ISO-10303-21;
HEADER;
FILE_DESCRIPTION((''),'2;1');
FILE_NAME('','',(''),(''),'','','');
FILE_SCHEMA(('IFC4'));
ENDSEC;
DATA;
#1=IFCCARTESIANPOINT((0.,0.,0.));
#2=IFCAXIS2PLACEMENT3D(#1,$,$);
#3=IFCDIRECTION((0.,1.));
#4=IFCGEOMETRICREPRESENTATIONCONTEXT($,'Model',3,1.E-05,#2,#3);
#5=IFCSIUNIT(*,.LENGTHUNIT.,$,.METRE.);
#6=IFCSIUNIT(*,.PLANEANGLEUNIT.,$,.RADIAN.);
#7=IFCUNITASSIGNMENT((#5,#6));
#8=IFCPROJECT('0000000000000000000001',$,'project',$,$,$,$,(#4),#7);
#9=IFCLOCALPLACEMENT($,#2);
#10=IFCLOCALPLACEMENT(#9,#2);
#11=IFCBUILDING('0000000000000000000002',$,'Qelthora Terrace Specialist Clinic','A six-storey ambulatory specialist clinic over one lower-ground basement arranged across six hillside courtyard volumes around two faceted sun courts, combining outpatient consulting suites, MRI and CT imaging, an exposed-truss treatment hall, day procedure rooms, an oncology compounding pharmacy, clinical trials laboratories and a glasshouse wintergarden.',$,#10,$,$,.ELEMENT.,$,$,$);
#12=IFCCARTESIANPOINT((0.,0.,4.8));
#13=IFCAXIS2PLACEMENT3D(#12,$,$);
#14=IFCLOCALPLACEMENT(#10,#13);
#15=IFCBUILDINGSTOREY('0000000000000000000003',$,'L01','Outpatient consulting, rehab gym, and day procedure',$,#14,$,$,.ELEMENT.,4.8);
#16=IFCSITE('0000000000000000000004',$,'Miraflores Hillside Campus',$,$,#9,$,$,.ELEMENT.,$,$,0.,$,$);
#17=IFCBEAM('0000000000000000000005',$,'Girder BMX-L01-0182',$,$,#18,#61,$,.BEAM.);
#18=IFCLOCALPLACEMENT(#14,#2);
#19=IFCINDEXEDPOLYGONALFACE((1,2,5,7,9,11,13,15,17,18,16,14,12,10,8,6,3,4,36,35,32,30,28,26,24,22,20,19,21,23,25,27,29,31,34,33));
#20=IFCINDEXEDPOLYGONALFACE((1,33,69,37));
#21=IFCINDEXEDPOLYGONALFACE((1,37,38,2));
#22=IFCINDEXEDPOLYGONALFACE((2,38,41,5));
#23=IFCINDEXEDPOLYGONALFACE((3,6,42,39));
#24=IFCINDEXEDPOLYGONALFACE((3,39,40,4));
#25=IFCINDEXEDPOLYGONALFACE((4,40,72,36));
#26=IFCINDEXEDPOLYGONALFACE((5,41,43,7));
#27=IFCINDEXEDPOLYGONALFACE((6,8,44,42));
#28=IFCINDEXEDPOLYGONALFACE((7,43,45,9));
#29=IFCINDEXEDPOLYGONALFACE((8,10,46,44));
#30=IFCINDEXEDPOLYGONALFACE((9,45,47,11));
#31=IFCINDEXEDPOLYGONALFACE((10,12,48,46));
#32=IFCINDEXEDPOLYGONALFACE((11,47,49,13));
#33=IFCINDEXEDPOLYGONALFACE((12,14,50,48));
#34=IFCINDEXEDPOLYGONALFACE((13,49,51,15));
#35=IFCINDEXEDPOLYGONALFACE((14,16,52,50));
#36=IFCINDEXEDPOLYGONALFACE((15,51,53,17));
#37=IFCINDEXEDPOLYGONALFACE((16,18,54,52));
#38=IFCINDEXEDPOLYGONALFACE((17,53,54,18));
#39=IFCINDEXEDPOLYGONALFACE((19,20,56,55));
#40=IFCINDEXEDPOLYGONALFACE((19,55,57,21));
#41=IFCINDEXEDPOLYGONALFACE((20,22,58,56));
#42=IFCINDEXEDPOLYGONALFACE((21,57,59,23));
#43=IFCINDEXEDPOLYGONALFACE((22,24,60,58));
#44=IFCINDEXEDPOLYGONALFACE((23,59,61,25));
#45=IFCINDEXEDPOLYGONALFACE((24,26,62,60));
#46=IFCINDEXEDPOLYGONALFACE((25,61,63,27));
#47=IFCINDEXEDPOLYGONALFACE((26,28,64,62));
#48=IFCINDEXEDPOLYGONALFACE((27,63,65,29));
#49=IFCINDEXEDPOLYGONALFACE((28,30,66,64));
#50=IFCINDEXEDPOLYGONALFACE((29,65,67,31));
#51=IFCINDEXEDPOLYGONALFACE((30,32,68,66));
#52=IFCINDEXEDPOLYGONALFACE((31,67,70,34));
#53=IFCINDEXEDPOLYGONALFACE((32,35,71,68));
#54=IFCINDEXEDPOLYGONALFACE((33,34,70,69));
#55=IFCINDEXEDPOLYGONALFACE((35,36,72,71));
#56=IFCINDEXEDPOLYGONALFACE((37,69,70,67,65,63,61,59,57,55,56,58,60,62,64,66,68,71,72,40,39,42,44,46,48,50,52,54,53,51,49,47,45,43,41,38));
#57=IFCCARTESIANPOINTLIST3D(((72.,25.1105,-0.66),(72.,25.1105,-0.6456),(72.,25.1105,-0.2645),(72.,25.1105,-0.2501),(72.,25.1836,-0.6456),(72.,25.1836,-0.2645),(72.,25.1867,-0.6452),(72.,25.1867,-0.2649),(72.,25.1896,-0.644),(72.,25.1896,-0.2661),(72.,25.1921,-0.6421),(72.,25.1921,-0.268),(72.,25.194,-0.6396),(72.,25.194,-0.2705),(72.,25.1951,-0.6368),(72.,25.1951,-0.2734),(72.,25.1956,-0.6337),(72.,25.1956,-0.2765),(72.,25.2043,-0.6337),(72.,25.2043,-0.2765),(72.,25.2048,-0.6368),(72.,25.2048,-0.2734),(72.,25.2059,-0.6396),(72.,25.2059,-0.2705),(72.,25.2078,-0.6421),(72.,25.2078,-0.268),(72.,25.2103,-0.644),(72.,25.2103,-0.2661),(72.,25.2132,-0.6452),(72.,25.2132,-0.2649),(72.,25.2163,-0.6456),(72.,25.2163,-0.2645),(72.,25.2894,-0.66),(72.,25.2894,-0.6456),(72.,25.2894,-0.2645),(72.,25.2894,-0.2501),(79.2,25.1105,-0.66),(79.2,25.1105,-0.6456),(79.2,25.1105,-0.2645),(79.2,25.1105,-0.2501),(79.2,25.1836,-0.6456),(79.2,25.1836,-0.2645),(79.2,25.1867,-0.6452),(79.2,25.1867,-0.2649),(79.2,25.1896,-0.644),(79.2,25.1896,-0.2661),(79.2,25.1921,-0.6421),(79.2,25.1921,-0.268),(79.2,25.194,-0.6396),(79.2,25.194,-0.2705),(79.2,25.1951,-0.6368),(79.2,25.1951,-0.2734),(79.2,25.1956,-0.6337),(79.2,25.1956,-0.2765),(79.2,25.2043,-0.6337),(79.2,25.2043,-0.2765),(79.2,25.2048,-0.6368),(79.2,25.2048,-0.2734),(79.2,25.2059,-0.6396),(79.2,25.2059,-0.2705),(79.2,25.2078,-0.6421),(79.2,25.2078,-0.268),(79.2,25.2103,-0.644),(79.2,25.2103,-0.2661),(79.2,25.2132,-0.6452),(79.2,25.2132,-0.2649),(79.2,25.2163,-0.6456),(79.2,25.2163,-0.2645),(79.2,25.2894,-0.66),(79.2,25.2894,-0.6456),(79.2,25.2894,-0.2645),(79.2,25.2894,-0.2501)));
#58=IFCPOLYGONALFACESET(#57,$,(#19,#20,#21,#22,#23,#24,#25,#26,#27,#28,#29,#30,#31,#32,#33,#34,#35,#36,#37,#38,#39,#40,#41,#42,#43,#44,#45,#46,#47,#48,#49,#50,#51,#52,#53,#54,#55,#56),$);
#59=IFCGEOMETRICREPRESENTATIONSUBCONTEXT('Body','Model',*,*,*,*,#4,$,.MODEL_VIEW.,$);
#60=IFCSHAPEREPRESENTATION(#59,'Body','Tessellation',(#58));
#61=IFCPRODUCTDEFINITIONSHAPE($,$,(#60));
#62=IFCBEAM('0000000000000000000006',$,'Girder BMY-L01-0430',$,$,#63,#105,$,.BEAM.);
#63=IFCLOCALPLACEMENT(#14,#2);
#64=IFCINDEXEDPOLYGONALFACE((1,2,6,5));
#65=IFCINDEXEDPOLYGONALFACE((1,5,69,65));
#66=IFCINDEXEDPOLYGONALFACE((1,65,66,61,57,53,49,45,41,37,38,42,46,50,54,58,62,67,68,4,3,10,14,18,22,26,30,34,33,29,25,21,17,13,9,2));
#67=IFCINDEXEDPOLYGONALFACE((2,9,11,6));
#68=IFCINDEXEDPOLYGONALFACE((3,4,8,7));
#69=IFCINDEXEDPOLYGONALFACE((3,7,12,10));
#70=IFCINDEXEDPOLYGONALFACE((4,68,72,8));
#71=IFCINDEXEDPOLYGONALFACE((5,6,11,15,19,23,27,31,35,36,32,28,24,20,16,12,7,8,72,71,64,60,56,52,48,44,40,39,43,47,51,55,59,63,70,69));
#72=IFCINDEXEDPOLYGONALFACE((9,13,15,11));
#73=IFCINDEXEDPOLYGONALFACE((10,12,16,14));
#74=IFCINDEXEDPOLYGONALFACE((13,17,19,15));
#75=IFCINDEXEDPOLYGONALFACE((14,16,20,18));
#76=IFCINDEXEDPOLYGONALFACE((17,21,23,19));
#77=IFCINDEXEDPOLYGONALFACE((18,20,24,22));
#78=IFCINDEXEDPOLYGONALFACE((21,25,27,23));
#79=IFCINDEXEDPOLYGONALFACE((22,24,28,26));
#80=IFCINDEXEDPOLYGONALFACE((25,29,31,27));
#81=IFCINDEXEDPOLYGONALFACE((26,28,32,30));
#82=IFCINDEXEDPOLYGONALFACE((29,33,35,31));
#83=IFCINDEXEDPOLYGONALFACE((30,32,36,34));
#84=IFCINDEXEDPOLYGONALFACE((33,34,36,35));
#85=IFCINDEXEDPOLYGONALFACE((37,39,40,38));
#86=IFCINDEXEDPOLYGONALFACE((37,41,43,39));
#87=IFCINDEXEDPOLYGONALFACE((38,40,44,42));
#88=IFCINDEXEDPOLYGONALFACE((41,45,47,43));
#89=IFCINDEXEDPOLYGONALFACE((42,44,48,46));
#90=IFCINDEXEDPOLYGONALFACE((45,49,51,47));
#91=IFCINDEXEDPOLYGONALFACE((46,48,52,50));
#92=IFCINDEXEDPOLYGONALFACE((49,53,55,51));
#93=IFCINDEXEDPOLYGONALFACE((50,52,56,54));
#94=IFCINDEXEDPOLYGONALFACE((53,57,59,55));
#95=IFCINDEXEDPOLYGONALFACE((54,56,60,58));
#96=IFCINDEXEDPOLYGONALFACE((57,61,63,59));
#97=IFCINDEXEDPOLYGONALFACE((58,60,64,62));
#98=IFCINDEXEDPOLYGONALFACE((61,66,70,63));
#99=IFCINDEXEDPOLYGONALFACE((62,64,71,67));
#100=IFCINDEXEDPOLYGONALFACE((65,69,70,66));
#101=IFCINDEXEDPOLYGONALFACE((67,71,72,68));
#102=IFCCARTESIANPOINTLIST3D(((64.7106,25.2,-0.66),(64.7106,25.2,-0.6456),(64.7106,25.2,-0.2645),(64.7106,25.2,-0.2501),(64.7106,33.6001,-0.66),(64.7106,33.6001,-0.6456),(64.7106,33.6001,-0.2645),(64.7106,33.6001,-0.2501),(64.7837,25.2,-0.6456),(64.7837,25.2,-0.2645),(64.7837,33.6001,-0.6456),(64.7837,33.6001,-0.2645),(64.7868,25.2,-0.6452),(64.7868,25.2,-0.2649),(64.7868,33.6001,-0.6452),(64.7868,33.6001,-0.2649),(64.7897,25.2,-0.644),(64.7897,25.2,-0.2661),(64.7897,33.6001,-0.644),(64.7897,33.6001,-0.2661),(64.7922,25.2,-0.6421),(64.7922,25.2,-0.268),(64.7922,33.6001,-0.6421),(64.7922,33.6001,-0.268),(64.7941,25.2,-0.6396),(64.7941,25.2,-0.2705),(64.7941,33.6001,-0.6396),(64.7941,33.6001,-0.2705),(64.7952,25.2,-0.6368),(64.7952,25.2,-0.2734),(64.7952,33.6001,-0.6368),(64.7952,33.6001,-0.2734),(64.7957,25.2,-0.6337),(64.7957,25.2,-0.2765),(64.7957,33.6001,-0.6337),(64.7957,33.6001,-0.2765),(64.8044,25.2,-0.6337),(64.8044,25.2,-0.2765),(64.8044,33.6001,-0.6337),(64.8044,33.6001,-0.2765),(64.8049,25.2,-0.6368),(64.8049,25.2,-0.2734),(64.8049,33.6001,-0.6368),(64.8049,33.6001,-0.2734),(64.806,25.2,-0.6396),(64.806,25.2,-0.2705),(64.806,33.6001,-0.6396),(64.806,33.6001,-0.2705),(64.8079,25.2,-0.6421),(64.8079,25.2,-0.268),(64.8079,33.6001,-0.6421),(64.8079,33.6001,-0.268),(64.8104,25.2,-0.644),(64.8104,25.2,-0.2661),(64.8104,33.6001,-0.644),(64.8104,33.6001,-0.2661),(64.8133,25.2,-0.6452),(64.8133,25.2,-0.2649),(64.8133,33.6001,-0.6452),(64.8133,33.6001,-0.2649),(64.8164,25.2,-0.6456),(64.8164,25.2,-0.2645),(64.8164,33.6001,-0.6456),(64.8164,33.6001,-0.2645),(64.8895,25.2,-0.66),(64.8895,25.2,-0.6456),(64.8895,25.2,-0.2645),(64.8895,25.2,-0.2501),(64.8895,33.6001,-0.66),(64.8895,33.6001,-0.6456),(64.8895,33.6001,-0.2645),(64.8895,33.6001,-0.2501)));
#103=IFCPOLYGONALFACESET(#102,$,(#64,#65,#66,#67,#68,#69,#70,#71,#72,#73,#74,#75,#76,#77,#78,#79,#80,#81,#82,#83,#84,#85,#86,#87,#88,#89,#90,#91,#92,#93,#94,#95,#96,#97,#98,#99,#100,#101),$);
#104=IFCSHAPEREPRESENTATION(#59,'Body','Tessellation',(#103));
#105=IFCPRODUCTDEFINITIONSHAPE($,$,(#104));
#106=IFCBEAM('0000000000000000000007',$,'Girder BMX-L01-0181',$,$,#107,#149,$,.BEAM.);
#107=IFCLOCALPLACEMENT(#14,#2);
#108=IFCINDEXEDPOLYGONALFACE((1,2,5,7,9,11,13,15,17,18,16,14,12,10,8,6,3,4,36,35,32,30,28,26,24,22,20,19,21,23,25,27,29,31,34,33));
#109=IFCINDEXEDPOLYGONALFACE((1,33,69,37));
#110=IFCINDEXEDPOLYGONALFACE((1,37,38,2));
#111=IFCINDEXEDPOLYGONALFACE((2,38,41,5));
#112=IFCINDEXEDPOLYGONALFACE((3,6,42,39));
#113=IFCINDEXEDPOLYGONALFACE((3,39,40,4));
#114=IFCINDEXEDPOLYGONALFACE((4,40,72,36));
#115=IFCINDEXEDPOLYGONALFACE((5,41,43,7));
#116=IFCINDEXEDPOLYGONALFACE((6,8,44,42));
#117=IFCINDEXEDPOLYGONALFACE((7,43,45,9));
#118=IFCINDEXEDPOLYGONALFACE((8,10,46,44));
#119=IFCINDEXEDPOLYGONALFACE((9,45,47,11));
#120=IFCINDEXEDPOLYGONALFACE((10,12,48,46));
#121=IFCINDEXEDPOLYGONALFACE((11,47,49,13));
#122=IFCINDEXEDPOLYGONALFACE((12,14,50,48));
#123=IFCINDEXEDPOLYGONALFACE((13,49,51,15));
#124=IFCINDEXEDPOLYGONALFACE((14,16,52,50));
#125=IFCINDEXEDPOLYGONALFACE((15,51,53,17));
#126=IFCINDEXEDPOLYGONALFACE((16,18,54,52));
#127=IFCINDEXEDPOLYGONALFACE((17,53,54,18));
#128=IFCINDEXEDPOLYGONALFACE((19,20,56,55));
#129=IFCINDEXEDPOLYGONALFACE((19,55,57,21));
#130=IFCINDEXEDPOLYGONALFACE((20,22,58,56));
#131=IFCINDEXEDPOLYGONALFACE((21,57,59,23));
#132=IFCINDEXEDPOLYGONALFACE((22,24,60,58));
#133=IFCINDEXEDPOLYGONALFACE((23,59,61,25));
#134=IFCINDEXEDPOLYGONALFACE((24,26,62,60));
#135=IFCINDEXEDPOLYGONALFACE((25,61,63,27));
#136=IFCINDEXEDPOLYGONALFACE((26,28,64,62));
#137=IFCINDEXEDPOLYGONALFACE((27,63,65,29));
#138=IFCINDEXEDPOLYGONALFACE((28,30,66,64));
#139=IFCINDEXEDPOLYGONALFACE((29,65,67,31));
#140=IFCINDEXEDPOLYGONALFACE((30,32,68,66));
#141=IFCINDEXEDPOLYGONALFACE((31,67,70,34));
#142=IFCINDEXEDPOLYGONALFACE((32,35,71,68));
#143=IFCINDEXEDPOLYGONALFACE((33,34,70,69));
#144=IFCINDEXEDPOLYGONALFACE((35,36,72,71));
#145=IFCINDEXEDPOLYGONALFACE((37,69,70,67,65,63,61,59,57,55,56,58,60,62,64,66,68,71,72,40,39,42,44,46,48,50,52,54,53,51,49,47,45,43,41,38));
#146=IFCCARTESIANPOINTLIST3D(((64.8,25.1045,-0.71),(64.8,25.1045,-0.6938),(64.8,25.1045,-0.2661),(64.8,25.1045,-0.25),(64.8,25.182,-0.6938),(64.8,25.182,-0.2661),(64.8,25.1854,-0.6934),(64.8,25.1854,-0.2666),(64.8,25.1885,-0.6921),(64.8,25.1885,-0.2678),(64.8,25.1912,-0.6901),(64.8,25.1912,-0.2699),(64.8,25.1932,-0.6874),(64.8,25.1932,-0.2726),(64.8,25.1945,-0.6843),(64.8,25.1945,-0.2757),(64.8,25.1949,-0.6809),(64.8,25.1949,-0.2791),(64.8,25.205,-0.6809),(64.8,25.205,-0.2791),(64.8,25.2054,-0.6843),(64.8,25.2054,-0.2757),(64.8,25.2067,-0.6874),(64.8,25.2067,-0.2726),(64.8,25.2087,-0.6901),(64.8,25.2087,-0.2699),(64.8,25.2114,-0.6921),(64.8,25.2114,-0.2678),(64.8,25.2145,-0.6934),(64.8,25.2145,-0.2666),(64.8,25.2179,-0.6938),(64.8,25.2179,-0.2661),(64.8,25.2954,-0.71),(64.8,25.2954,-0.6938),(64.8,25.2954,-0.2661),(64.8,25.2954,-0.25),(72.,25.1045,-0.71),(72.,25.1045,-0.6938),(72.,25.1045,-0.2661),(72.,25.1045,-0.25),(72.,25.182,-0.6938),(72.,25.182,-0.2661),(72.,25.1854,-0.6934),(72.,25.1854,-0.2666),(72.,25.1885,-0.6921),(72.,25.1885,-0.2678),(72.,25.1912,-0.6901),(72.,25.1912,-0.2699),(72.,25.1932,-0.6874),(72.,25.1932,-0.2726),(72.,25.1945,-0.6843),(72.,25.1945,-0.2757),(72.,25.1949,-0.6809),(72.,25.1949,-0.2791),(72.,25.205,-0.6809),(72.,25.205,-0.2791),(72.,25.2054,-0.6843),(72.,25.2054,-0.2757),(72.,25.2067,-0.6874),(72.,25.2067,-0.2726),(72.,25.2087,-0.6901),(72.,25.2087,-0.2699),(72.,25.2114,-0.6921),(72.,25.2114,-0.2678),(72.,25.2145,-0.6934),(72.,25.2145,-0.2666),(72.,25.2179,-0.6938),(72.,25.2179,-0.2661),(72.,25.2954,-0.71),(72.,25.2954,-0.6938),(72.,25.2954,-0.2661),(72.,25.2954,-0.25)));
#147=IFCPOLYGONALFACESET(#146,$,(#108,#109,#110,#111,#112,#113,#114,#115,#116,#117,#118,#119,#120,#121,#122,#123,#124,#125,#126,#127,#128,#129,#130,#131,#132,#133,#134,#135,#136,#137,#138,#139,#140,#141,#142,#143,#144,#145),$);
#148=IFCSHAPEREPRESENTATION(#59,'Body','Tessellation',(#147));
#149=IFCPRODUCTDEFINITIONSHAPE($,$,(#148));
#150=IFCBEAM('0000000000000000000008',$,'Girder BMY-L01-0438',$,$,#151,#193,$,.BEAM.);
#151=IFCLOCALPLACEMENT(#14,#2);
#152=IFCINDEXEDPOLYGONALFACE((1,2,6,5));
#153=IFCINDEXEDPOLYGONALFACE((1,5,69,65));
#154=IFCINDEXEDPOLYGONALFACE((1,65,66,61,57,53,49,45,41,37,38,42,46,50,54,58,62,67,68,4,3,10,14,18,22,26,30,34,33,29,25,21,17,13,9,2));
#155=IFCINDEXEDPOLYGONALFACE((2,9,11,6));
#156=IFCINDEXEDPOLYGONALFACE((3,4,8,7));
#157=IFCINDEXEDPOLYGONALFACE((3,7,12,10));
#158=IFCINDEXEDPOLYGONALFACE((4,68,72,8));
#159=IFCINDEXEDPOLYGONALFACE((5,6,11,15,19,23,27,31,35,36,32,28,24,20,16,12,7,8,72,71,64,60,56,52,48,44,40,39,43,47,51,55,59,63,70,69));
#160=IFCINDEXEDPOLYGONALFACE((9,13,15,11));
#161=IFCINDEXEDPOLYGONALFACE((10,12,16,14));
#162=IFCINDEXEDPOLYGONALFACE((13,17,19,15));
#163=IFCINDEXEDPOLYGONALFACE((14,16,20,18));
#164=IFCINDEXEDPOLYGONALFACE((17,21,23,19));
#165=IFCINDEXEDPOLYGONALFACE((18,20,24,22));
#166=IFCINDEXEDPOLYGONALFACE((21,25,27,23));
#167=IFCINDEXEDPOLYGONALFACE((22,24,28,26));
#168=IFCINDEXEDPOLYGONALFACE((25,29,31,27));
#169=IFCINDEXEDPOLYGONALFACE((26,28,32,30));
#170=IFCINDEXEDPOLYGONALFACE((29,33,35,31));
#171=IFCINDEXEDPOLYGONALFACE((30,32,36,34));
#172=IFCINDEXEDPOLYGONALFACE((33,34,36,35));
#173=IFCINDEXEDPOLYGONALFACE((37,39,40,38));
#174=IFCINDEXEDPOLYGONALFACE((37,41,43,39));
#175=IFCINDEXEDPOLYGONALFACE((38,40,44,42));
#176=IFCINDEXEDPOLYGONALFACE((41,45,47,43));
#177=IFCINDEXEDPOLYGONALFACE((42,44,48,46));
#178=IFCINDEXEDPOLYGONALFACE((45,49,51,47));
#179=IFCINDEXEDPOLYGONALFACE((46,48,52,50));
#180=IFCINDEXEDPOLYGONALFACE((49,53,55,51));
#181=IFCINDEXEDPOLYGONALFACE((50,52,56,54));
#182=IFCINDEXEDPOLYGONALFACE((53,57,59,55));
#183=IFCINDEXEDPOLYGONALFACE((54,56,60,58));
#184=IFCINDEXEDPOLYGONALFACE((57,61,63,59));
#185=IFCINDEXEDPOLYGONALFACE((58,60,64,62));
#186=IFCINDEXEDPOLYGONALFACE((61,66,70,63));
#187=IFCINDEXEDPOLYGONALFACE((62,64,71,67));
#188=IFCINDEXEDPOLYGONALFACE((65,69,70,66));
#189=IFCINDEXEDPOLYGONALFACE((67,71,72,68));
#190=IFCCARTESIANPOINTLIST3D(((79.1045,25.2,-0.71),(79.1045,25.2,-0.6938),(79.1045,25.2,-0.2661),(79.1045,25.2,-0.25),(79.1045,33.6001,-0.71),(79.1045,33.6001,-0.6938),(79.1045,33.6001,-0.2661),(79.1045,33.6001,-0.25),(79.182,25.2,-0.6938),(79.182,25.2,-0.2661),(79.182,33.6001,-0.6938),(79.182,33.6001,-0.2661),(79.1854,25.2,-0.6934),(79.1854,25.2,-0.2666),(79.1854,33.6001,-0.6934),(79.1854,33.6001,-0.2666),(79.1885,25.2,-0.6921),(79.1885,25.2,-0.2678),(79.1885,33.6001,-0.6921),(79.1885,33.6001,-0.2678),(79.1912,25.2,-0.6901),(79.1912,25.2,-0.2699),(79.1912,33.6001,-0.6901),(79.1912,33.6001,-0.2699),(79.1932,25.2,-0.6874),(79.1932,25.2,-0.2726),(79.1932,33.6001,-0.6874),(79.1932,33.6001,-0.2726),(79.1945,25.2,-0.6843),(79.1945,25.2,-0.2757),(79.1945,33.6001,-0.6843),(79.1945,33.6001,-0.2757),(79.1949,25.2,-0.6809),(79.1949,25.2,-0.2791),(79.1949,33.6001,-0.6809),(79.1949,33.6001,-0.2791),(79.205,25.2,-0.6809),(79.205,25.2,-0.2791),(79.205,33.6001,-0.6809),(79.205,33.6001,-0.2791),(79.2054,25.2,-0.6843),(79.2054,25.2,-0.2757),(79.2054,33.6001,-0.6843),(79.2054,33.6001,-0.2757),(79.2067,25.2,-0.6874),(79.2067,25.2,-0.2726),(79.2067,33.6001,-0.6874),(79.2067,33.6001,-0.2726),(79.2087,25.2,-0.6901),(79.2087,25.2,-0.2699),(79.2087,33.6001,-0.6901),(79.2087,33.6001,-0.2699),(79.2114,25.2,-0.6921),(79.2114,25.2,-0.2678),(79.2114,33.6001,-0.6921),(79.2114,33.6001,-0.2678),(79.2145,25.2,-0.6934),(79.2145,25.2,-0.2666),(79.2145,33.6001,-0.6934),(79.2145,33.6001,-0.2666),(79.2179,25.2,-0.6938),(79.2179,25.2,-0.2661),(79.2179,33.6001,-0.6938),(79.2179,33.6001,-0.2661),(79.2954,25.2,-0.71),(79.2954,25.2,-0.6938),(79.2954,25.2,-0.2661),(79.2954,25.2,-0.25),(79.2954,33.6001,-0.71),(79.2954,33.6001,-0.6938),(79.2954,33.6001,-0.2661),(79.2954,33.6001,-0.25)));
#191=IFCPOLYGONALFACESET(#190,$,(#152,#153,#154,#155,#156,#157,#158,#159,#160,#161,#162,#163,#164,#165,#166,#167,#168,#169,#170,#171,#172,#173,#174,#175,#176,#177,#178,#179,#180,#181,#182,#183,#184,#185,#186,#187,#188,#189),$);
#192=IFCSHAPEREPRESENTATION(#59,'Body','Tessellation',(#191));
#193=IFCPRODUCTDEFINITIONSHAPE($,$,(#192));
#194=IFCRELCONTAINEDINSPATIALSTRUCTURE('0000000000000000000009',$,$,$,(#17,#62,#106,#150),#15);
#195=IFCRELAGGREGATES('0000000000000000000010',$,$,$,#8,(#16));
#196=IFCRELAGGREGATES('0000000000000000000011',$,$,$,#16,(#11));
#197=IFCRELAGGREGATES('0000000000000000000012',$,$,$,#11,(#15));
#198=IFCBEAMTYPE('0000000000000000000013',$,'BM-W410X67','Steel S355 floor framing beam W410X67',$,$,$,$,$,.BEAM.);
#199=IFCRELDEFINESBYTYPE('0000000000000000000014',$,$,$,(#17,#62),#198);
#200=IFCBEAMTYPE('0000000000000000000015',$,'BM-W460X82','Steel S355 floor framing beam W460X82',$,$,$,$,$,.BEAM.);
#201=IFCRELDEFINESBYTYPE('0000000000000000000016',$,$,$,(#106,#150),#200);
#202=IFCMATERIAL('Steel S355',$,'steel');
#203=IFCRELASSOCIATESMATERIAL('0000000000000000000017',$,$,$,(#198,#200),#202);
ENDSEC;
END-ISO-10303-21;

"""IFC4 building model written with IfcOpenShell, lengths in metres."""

from ifc_helpers import new_model, si_unit, direction, frame, origin, origin_2d, place, context, subcontext, project, spatial, i_section, extrude, material, material_profile, profile_set, type_object, element, save


model = new_model("IFC4")

# Units and contexts
model_context = context("Model", 3, precision=1e-05, world=origin(), true_north=direction((0.0, 1.0)))
body_context = subcontext(model_context, "Body", "Model", "MODEL_VIEW")
ifc_project = project(units=[si_unit("LENGTHUNIT", "METRE"), si_unit("PLANEANGLEUNIT", "RADIAN")], contexts=[model_context])

# Site, building, storey
site_placement = place(None, origin())
site = spatial("IfcSite", under=ifc_project, at=site_placement, Name="Miraflores Hillside Campus", CompositionType="ELEMENT", RefElevation=0.0)
building_placement = place(site_placement, origin())
building = spatial("IfcBuilding", under=site, at=building_placement, Name="Qelthora Terrace Specialist Clinic", Description="A six-storey ambulatory specialist clinic over one lower-ground basement arranged across six hillside courtyard volumes around two faceted sun courts, combining outpatient consulting suites, MRI and CT imaging, an exposed-truss treatment hall, day procedure rooms, an oncology compounding pharmacy, clinical trials laboratories and a glasshouse wintergarden.", CompositionType="ELEMENT")
storey_placement = place(building_placement, frame((0.0, 0.0, 4.8)))
storey = spatial("IfcBuildingStorey", under=building, at=storey_placement, Name="L01", Description="Outpatient consulting, rehab gym, and day procedure", CompositionType="ELEMENT", Elevation=4.8)

# Shared definitions
ifc_material_1 = material(Name="Steel S355", Category="steel")

# Beams
ifc_material_profile_1 = material_profile(ifc_material_1, i_section(OverallWidth=0.179, OverallDepth=0.4099, WebThickness=0.0088, FlangeThickness=0.0144, FilletRadius=0.012, at=origin_2d()), Name="W410X67")
ifc_profile_set_1 = profile_set([ifc_material_profile_1], Name="Steel S355")
beam_type_1 = type_object("IfcBeamType", Name="BM-W410X67", Description="Steel S355 floor framing beam W410X67", PredefinedType="BEAM", material=ifc_profile_set_1)
beam_1_placement = place(storey_placement, frame((72.0, 25.2, -0.4551), z_axis=(1.0, 0.0, 0.0), x_axis=(0.0, 1.0, 0.0)))
element("IfcBeam", 1, at=beam_1_placement, inside=storey, type_object=beam_type_1, Name="Girder BMX-L01-0182", PredefinedType="BEAM", context=body_context, shape_type="SweptSolid", body=[
    extrude(i_section(OverallWidth=0.179, OverallDepth=0.4099, WebThickness=0.0088, FlangeThickness=0.0144, FilletRadius=0.012, at=origin_2d()), origin(), (0.0, 0.0, 1.0), 7.2),
])
beam_2_placement = place(storey_placement, frame((64.8, 25.2, -0.4551), z_axis=(0.0, 1.0, 0.0), x_axis=(-1.0, 0.0, 0.0)))
element("IfcBeam", 2, at=beam_2_placement, inside=storey, type_object=beam_type_1, Name="Girder BMY-L01-0430", PredefinedType="BEAM", context=body_context, shape_type="SweptSolid", body=[
    extrude(i_section(OverallWidth=0.179, OverallDepth=0.4099, WebThickness=0.0088, FlangeThickness=0.0144, FilletRadius=0.012, at=origin_2d()), origin(), (0.0, 0.0, 1.0), 8.4001),
])
ifc_material_profile_2 = material_profile(ifc_material_1, i_section(OverallWidth=0.1909, OverallDepth=0.46, WebThickness=0.01, FlangeThickness=0.0161, FilletRadius=0.0129, at=origin_2d()), Name="W460X82")
ifc_profile_set_2 = profile_set([ifc_material_profile_2], Name="Steel S355")
beam_type_2 = type_object("IfcBeamType", Name="BM-W460X82", Description="Steel S355 floor framing beam W460X82", PredefinedType="BEAM", material=ifc_profile_set_2)
beam_3_placement = place(storey_placement, frame((64.8, 25.2, -0.48), z_axis=(1.0, 0.0, 0.0), x_axis=(0.0, 1.0, 0.0)))
element("IfcBeam", 3, at=beam_3_placement, inside=storey, type_object=beam_type_2, Name="Girder BMX-L01-0181", PredefinedType="BEAM", context=body_context, shape_type="SweptSolid", body=[
    extrude(i_section(OverallWidth=0.1909, OverallDepth=0.46, WebThickness=0.01, FlangeThickness=0.0161, FilletRadius=0.0129, at=origin_2d()), origin(), (0.0, 0.0, 1.0), 7.2),
])
beam_4_placement = place(storey_placement, frame((79.2, 25.2, -0.48), z_axis=(0.0, 1.0, 0.0), x_axis=(-1.0, 0.0, 0.0)))
element("IfcBeam", 4, at=beam_4_placement, inside=storey, type_object=beam_type_2, Name="Girder BMY-L01-0438", PredefinedType="BEAM", context=body_context, shape_type="SweptSolid", body=[
    extrude(i_section(OverallWidth=0.1909, OverallDepth=0.46, WebThickness=0.01, FlangeThickness=0.0161, FilletRadius=0.0129, at=origin_2d()), origin(), (0.0, 0.0, 1.0), 8.4001),
])

save(model, "model.ifc")
